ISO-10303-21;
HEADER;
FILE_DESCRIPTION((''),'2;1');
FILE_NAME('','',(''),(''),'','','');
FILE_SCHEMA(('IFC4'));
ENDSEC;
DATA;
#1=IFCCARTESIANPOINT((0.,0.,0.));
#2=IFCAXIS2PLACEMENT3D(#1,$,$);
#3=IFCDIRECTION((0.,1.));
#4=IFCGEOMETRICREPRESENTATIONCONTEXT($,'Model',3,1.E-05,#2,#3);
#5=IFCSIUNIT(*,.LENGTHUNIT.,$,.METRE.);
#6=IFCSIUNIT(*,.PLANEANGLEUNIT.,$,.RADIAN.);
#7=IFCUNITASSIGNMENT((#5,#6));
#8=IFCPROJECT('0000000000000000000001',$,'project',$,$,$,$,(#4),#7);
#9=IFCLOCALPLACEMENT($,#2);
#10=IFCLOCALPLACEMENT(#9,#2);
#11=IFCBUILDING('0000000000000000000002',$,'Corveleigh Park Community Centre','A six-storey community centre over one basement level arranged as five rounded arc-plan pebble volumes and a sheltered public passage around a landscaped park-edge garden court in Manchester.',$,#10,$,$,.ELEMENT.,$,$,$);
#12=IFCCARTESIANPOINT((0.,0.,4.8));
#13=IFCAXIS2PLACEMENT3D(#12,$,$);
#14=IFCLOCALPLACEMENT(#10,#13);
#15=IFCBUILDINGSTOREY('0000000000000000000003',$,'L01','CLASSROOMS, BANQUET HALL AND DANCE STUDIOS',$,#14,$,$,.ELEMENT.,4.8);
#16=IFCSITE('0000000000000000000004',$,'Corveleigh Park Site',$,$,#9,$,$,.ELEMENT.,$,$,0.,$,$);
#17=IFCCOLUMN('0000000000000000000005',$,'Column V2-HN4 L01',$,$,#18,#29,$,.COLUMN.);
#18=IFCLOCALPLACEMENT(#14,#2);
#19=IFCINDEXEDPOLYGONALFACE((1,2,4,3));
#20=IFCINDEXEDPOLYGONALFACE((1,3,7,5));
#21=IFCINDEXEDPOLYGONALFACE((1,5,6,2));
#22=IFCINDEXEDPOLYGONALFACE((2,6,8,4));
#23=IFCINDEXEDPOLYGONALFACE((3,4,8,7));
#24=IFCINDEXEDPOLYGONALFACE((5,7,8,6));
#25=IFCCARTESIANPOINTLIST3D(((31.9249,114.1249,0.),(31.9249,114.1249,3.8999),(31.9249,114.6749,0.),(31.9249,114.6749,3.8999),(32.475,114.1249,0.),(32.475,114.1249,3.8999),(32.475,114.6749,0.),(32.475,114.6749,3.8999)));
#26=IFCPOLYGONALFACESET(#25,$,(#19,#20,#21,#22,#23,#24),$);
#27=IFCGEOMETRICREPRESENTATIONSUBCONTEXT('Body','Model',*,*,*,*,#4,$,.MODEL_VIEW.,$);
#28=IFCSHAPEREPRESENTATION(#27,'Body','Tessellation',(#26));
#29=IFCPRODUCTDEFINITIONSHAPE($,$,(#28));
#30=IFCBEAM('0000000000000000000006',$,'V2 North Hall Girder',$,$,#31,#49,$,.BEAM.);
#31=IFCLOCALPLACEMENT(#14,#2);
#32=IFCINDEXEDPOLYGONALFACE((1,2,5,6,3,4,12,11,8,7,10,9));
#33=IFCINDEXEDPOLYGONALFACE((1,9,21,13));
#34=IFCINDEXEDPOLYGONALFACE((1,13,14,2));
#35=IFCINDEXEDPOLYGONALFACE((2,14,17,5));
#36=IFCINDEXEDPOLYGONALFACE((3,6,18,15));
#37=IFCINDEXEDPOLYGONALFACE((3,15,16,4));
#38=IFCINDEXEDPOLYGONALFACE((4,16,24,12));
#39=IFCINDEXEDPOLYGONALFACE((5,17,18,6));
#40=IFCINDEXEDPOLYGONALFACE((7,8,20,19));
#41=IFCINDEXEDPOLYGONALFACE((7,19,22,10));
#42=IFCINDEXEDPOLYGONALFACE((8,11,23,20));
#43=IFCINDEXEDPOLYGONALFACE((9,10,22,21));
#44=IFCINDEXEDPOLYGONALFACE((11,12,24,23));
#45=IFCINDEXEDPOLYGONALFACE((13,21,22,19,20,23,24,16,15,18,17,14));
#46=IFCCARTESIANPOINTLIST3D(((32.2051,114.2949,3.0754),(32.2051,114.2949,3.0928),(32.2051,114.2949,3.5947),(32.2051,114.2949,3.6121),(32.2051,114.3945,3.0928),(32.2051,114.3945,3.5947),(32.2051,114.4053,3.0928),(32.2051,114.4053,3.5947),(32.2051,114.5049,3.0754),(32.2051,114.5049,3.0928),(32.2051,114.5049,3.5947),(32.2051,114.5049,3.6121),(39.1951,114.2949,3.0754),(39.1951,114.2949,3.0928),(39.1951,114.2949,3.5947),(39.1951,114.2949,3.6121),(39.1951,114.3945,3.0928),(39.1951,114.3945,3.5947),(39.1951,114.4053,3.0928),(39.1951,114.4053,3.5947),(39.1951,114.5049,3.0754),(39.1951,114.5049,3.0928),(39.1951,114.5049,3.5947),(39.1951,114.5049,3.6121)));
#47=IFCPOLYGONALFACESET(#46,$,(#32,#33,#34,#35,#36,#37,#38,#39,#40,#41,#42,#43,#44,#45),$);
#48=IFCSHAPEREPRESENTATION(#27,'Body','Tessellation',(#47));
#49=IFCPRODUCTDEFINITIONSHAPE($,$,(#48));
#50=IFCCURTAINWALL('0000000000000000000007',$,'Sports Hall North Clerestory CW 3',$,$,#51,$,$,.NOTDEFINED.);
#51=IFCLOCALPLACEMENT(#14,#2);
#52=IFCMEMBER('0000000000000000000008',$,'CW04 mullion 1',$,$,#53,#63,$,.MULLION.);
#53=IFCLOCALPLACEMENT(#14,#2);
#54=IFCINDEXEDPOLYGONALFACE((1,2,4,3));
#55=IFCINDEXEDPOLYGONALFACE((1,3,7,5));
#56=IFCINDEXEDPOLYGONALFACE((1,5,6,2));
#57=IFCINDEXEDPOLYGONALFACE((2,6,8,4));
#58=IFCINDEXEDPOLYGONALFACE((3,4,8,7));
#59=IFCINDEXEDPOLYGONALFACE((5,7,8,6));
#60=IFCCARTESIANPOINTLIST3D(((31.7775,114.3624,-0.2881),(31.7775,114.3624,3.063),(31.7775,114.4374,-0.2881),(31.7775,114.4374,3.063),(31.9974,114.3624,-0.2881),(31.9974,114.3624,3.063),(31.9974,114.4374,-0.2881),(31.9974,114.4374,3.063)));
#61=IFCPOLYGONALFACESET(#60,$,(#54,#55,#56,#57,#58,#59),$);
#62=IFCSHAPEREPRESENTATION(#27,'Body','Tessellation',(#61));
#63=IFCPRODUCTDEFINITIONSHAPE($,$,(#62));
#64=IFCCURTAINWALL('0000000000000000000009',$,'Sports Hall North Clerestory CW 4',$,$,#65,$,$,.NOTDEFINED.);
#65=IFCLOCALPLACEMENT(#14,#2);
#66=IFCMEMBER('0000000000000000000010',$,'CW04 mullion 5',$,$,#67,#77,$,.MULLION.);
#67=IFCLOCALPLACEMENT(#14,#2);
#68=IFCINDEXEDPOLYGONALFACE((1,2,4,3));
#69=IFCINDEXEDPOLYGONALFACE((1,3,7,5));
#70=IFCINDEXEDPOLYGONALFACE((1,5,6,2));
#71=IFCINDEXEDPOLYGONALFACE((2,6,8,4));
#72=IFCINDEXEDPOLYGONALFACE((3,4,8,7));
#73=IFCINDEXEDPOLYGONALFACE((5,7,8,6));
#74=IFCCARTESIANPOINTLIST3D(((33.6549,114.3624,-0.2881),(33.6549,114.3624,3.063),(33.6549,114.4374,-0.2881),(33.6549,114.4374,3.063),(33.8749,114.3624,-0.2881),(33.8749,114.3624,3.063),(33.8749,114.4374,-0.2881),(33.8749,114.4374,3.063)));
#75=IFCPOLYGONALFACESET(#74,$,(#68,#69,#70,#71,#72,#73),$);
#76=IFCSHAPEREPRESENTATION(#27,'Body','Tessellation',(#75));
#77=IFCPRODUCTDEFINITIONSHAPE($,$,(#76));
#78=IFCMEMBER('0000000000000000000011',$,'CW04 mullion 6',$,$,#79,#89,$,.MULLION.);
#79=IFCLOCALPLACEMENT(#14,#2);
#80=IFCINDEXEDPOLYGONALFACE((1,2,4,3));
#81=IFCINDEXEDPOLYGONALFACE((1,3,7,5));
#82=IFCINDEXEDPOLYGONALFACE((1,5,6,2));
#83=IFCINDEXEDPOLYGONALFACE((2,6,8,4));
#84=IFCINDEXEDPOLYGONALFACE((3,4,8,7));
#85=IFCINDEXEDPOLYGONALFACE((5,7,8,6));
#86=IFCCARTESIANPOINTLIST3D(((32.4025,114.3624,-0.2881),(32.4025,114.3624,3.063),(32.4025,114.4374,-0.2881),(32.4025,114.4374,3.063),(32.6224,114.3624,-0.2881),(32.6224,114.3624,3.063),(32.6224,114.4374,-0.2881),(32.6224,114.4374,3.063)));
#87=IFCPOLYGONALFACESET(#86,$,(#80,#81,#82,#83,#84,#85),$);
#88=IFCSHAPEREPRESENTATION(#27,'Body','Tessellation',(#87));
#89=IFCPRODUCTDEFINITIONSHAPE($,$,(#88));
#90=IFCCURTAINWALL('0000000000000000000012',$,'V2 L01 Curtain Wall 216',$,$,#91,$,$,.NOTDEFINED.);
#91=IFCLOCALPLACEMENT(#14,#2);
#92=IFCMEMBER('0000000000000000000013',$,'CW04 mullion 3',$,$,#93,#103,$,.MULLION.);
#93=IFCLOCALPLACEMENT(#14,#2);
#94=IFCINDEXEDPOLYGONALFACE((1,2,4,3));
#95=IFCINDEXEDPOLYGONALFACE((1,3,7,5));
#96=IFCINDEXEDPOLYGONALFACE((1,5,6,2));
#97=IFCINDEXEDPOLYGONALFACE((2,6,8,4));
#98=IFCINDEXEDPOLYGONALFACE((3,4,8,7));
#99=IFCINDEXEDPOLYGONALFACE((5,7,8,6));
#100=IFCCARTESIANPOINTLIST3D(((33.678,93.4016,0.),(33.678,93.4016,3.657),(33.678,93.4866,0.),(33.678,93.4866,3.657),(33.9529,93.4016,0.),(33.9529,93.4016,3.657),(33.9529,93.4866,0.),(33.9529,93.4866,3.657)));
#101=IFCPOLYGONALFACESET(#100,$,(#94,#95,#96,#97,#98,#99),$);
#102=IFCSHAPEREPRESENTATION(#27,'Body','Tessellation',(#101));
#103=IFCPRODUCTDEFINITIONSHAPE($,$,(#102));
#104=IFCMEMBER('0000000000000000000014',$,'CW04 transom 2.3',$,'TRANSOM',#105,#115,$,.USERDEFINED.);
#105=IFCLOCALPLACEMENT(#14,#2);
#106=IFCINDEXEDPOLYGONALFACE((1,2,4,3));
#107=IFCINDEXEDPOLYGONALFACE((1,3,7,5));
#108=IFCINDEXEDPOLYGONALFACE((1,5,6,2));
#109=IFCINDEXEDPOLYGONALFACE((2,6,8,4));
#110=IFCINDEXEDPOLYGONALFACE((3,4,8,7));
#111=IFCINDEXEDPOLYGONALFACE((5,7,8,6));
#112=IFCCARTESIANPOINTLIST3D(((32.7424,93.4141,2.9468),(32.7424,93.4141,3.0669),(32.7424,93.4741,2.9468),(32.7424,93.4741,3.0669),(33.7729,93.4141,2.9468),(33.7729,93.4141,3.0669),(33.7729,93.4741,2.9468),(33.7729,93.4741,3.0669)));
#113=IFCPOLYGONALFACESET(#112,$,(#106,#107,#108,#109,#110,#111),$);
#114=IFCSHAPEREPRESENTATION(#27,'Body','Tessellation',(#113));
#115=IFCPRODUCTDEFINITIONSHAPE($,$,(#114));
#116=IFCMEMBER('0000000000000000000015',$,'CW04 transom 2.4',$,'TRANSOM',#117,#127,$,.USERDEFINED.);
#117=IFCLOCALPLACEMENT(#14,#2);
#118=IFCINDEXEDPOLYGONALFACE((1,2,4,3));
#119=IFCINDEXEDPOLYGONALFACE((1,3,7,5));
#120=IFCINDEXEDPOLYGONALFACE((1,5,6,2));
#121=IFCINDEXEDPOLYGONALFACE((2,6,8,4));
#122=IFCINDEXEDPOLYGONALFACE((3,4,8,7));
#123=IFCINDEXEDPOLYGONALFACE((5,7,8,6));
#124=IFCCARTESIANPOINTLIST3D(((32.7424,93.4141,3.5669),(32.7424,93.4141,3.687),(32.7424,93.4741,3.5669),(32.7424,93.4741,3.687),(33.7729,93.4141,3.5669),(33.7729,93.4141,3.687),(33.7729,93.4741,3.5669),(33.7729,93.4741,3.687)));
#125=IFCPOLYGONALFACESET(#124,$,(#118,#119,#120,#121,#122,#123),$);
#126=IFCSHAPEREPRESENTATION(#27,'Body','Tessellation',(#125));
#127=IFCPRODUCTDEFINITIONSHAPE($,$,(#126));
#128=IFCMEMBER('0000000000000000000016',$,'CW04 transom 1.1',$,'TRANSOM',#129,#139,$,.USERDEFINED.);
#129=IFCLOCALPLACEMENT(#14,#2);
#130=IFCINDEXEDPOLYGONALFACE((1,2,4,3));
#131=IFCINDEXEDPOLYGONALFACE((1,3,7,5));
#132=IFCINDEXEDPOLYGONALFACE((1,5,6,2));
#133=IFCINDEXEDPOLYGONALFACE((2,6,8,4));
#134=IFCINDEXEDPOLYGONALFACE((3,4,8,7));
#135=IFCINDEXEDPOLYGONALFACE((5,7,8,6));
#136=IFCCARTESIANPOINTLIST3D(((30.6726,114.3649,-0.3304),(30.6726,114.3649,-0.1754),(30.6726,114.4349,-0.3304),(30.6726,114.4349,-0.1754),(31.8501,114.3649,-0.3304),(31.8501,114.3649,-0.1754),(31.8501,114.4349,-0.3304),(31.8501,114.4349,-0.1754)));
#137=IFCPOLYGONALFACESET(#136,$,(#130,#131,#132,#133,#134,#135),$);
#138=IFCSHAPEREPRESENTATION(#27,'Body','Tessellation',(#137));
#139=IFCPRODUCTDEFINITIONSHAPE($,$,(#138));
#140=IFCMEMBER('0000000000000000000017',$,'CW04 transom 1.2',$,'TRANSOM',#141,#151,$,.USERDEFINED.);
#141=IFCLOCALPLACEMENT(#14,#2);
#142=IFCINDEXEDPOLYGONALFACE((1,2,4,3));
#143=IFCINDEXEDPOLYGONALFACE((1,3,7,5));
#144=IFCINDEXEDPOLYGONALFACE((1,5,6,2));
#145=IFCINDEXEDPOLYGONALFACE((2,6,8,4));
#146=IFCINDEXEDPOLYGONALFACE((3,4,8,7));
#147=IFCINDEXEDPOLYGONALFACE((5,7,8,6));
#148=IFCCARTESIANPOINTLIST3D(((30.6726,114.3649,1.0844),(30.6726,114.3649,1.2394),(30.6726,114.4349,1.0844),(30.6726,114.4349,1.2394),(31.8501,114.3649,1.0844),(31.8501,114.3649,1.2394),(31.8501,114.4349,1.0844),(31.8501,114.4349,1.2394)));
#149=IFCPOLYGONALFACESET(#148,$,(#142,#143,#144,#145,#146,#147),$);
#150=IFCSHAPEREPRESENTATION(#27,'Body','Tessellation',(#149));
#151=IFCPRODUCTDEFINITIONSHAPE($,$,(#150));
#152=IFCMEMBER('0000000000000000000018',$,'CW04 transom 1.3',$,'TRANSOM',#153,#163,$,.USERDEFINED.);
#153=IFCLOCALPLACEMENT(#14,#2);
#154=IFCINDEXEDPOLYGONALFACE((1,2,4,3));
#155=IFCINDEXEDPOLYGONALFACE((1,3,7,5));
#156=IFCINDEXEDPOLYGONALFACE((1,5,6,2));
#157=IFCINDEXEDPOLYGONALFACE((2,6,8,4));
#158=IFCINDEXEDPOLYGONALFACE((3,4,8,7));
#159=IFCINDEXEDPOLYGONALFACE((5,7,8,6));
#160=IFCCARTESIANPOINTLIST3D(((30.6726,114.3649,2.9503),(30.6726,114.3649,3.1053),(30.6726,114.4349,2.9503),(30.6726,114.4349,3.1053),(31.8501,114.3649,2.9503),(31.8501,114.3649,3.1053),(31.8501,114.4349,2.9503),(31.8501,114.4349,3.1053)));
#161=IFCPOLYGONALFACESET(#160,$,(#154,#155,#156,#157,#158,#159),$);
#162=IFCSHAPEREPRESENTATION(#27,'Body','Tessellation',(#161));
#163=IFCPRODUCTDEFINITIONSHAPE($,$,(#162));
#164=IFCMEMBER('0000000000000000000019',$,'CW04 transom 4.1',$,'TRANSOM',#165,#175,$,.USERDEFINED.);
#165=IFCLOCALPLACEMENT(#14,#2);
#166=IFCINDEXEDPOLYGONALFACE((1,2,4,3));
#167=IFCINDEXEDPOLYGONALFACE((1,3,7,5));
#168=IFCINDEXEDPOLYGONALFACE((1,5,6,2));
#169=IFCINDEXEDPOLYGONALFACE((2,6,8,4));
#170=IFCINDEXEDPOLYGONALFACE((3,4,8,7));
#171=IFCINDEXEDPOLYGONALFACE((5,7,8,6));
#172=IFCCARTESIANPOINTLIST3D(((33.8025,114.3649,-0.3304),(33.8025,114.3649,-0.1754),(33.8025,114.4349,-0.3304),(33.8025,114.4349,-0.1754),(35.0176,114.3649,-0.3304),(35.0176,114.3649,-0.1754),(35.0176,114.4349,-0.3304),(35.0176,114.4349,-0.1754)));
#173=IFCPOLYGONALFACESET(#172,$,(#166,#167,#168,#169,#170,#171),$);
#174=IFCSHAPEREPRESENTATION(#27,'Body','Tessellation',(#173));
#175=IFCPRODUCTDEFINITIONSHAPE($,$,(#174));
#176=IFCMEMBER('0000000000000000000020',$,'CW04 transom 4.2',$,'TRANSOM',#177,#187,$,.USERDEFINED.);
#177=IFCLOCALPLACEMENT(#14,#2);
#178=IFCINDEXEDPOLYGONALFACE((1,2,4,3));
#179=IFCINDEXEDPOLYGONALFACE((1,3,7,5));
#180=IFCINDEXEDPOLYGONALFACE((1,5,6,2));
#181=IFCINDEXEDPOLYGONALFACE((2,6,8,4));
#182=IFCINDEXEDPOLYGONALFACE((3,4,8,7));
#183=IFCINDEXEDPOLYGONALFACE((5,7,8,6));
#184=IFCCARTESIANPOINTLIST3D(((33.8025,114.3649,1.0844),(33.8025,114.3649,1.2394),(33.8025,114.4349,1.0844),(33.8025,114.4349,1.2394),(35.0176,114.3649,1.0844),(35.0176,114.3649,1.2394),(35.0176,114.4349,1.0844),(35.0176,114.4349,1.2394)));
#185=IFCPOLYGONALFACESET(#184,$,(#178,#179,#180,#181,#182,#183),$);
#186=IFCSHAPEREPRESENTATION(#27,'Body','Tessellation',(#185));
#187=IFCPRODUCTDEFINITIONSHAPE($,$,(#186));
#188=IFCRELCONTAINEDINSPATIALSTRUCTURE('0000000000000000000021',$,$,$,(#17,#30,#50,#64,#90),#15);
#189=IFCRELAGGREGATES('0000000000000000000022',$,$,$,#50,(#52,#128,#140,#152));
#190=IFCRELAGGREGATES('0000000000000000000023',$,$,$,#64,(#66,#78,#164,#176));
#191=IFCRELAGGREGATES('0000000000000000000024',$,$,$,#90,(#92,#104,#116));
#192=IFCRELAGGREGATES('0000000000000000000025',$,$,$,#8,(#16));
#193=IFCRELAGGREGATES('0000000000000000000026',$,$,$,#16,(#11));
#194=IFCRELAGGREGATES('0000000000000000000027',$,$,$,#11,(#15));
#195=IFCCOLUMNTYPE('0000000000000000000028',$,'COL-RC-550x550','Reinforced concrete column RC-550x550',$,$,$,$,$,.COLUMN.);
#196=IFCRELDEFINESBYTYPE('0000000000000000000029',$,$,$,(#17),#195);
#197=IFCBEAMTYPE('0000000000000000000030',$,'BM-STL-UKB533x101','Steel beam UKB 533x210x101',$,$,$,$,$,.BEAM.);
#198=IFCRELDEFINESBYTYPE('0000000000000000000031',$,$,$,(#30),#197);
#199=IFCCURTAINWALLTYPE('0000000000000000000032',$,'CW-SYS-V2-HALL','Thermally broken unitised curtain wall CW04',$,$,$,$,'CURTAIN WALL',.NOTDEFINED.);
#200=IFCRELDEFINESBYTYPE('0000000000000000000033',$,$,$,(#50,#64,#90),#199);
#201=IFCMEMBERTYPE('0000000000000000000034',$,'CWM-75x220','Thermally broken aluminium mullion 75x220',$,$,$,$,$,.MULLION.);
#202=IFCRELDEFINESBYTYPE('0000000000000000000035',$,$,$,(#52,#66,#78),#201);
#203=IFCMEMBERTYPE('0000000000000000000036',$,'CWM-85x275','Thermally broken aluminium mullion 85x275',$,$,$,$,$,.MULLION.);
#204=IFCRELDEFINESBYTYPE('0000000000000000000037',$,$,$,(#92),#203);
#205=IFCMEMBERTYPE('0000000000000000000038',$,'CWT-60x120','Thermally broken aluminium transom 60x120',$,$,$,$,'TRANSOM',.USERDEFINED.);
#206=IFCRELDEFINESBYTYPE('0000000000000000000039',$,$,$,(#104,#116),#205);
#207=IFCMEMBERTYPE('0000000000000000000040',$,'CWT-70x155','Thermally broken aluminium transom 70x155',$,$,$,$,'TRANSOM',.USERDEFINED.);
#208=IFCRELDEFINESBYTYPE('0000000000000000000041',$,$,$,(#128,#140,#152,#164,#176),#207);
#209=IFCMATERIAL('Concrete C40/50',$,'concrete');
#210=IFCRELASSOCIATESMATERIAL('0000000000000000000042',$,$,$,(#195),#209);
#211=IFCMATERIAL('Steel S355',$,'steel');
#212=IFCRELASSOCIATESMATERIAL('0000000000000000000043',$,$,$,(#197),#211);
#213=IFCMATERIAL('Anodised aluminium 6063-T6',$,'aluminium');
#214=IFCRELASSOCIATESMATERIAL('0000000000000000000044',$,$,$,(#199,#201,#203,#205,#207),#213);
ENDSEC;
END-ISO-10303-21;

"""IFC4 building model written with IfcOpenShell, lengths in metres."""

from ifc_helpers import new_model, si_unit, direction, frame, origin, origin_2d, place, context, subcontext, project, spatial, rectangle, i_section, extrude, material, material_profile, profile_set, type_object, element, aggregate, save


model = new_model("IFC4")

# Units and contexts
model_context = context("Model", 3, precision=1e-05, world=origin(), true_north=direction((0.0, 1.0)))
body_context = subcontext(model_context, "Body", "Model", "MODEL_VIEW")
ifc_project = project(units=[si_unit("LENGTHUNIT", "METRE"), si_unit("PLANEANGLEUNIT", "RADIAN")], contexts=[model_context])

# Site, building, storey
site_placement = place(None, origin())
site = spatial("IfcSite", under=ifc_project, at=site_placement, Name="Corveleigh Park Site", CompositionType="ELEMENT", RefElevation=0.0)
building_placement = place(site_placement, origin())
building = spatial("IfcBuilding", under=site, at=building_placement, Name="Corveleigh Park Community Centre", Description="A six-storey community centre over one basement level arranged as five rounded arc-plan pebble volumes and a sheltered public passage around a landscaped park-edge garden court in Manchester.", CompositionType="ELEMENT")
storey_placement = place(building_placement, frame((0.0, 0.0, 4.8)))
storey = spatial("IfcBuildingStorey", under=building, at=storey_placement, Name="L01", Description="CLASSROOMS, BANQUET HALL AND DANCE STUDIOS", CompositionType="ELEMENT", Elevation=4.8)

# Column
ifc_material_1 = material(Name="Concrete C40/50", Category="concrete")
ifc_material_profile_1 = material_profile(ifc_material_1, rectangle(XDim=0.55, YDim=0.55, at=origin_2d()), Name="RC-550x550", Category="concrete")
ifc_profile_set_1 = profile_set([ifc_material_profile_1], Name="Concrete C40/50")
column_type = type_object("IfcColumnType", Name="COL-RC-550x550", Description="Reinforced concrete column RC-550x550", PredefinedType="COLUMN", material=ifc_profile_set_1)
column_placement = place(storey_placement, frame((32.2, 114.3999, 0.0), z_axis=(0.0, 0.0, 1.0), x_axis=(1.0, 0.0, 0.0)))
element("IfcColumn", 1, at=column_placement, inside=storey, type_object=column_type, Name="Column V2-HN4 L01", PredefinedType="COLUMN", context=body_context, shape_type="SweptSolid", body=[
    extrude(rectangle(XDim=0.55, YDim=0.55, at=origin_2d()), origin(), (0.0, 0.0, 1.0), 3.8999),
])

# Beam
ifc_material_2 = material(Name="Steel S355", Category="steel")
ifc_material_profile_2 = material_profile(ifc_material_2, i_section(OverallWidth=0.21, OverallDepth=0.5366, WebThickness=0.0107, FlangeThickness=0.0173, at=origin_2d()), Name="UKB 533x210x101", Category="steel")
ifc_profile_set_2 = profile_set([ifc_material_profile_2], Name="Steel S355")
beam_type = type_object("IfcBeamType", Name="BM-STL-UKB533x101", Description="Steel beam UKB 533x210x101", PredefinedType="BEAM", material=ifc_profile_set_2)
beam_placement = place(storey_placement, frame((32.2051, 114.3999, 3.3438), z_axis=(1.0, 0.0, 0.0), x_axis=(0.0, 1.0, 0.0)))
element("IfcBeam", 2, at=beam_placement, inside=storey, type_object=beam_type, Name="V2 North Hall Girder", PredefinedType="BEAM", context=body_context, shape_type="SweptSolid", body=[
    extrude(i_section(OverallWidth=0.21, OverallDepth=0.5366, WebThickness=0.0107, FlangeThickness=0.0173, at=origin_2d()), origin(), (0.0, 0.0, 1.0), 6.99),
])

# Curtain wall, member
ifc_material_3 = material(Name="Anodised aluminium 6063-T6", Category="aluminium")
curtain_wall_type = type_object("IfcCurtainWallType", Name="CW-SYS-V2-HALL", Description="Thermally broken unitised curtain wall CW04", ElementType="CURTAIN WALL", PredefinedType="NOTDEFINED", material=ifc_material_3)
curtain_wall_1_placement = place(storey_placement, origin())
curtain_wall_1 = element("IfcCurtainWall", 3, at=curtain_wall_1_placement, inside=storey, type_object=curtain_wall_type, Name="Sports Hall North Clerestory CW 3", PredefinedType="NOTDEFINED")
ifc_material_profile_3 = material_profile(ifc_material_3, rectangle(XDim=0.075, YDim=0.22, at=origin_2d()), Name="ALU-M75x220", Category="aluminium")
ifc_profile_set_3 = profile_set([ifc_material_profile_3], Name="Anodised aluminium 6063-T6")
member_type_1 = type_object("IfcMemberType", Name="CWM-75x220", Description="Thermally broken aluminium mullion 75x220", PredefinedType="MULLION", material=ifc_profile_set_3)
member_1_placement = place(storey_placement, frame((31.8875, 114.3999, -0.2881), z_axis=(0.0, 0.0, 1.0), x_axis=(0.0, -1.0, 0.0)))
member_1 = element("IfcMember", 4, at=member_1_placement, type_object=member_type_1, Name="CW04 mullion 1", PredefinedType="MULLION", context=body_context, shape_type="SweptSolid", body=[
    extrude(rectangle(XDim=0.075, YDim=0.22, at=origin_2d()), origin(), (0.0, 0.0, 1.0), 3.3511),
])

# Curtain walls, members
curtain_wall_2_placement = place(storey_placement, origin())
curtain_wall_2 = element("IfcCurtainWall", 5, at=curtain_wall_2_placement, inside=storey, type_object=curtain_wall_type, Name="Sports Hall North Clerestory CW 4", PredefinedType="NOTDEFINED")
member_2_placement = place(storey_placement, frame((33.7649, 114.3999, -0.2881), z_axis=(0.0, 0.0, 1.0), x_axis=(0.0, -1.0, 0.0)))
member_2 = element("IfcMember", 6, at=member_2_placement, type_object=member_type_1, Name="CW04 mullion 5", PredefinedType="MULLION", context=body_context, shape_type="SweptSolid", body=[
    extrude(rectangle(XDim=0.075, YDim=0.22, at=origin_2d()), origin(), (0.0, 0.0, 1.0), 3.3511),
])
member_3_placement = place(storey_placement, frame((32.5125, 114.3999, -0.2881), z_axis=(0.0, 0.0, 1.0), x_axis=(0.0, -1.0, 0.0)))
member_3 = element("IfcMember", 7, at=member_3_placement, type_object=member_type_1, Name="CW04 mullion 6", PredefinedType="MULLION", context=body_context, shape_type="SweptSolid", body=[
    extrude(rectangle(XDim=0.075, YDim=0.22, at=origin_2d()), origin(), (0.0, 0.0, 1.0), 3.3511),
])
curtain_wall_3_placement = place(storey_placement, origin())
curtain_wall_3 = element("IfcCurtainWall", 8, at=curtain_wall_3_placement, inside=storey, type_object=curtain_wall_type, Name="V2 L01 Curtain Wall 216", PredefinedType="NOTDEFINED")
ifc_material_profile_4 = material_profile(ifc_material_3, rectangle(XDim=0.085, YDim=0.2749, at=origin_2d()), Name="ALU-M85x275", Category="aluminium")
ifc_profile_set_4 = profile_set([ifc_material_profile_4], Name="Anodised aluminium 6063-T6")
member_type_2 = type_object("IfcMemberType", Name="CWM-85x275", Description="Thermally broken aluminium mullion 85x275", PredefinedType="MULLION", material=ifc_profile_set_4)
member_4_placement = place(storey_placement, frame((33.8154, 93.4441, 0.0), z_axis=(0.0, 0.0, 1.0), x_axis=(0.0, 1.0, 0.0)))
member_4 = element("IfcMember", 9, at=member_4_placement, type_object=member_type_2, Name="CW04 mullion 3", PredefinedType="MULLION", context=body_context, shape_type="SweptSolid", body=[
    extrude(rectangle(XDim=0.085, YDim=0.2749, at=origin_2d()), origin(), (0.0, 0.0, 1.0), 3.657),
])
ifc_material_profile_5 = material_profile(ifc_material_3, rectangle(XDim=0.0601, YDim=0.1201, at=origin_2d()), Name="ALU-T60x120", Category="aluminium")
ifc_profile_set_5 = profile_set([ifc_material_profile_5], Name="Anodised aluminium 6063-T6")
member_type_3 = type_object("IfcMemberType", Name="CWT-60x120", Description="Thermally broken aluminium transom 60x120", ElementType="TRANSOM", PredefinedType="USERDEFINED", material=ifc_profile_set_5)
member_5_placement = place(storey_placement, frame((32.7424, 93.4441, 3.0068), z_axis=(1.0, 0.0, 0.0), x_axis=(0.0, 1.0, 0.0)))
member_5 = element("IfcMember", 10, at=member_5_placement, type_object=member_type_3, Name="CW04 transom 2.3", ObjectType="TRANSOM", PredefinedType="USERDEFINED", context=body_context, shape_type="SweptSolid", body=[
    extrude(rectangle(XDim=0.0601, YDim=0.1201, at=origin_2d()), origin(), (0.0, 0.0, 1.0), 1.0305),
])
member_6_placement = place(storey_placement, frame((32.7424, 93.4441, 3.627), z_axis=(1.0, 0.0, 0.0), x_axis=(0.0, 1.0, 0.0)))
member_6 = element("IfcMember", 11, at=member_6_placement, type_object=member_type_3, Name="CW04 transom 2.4", ObjectType="TRANSOM", PredefinedType="USERDEFINED", context=body_context, shape_type="SweptSolid", body=[
    extrude(rectangle(XDim=0.0601, YDim=0.1201, at=origin_2d()), origin(), (0.0, 0.0, 1.0), 1.0305),
])

# Members
ifc_material_profile_6 = material_profile(ifc_material_3, rectangle(XDim=0.0701, YDim=0.155, at=origin_2d()), Name="ALU-T70x155", Category="aluminium")
ifc_profile_set_6 = profile_set([ifc_material_profile_6], Name="Anodised aluminium 6063-T6")
member_type_4 = type_object("IfcMemberType", Name="CWT-70x155", Description="Thermally broken aluminium transom 70x155", ElementType="TRANSOM", PredefinedType="USERDEFINED", material=ifc_profile_set_6)
member_7_placement = place(storey_placement, frame((31.8501, 114.3999, -0.2529), z_axis=(-1.0, 0.0, 0.0), x_axis=(0.0, -1.0, 0.0)))
member_7 = element("IfcMember", 12, at=member_7_placement, type_object=member_type_4, Name="CW04 transom 1.1", ObjectType="TRANSOM", PredefinedType="USERDEFINED", context=body_context, shape_type="SweptSolid", body=[
    extrude(rectangle(XDim=0.0701, YDim=0.155, at=origin_2d()), origin(), (0.0, 0.0, 1.0), 1.1775),
])
member_8_placement = place(storey_placement, frame((31.8501, 114.3999, 1.1619), z_axis=(-1.0, 0.0, 0.0), x_axis=(0.0, -1.0, 0.0)))
member_8 = element("IfcMember", 13, at=member_8_placement, type_object=member_type_4, Name="CW04 transom 1.2", ObjectType="TRANSOM", PredefinedType="USERDEFINED", context=body_context, shape_type="SweptSolid", body=[
    extrude(rectangle(XDim=0.0701, YDim=0.155, at=origin_2d()), origin(), (0.0, 0.0, 1.0), 1.1775),
])
member_9_placement = place(storey_placement, frame((31.8501, 114.3999, 3.0278), z_axis=(-1.0, 0.0, 0.0), x_axis=(0.0, -1.0, 0.0)))
member_9 = element("IfcMember", 14, at=member_9_placement, type_object=member_type_4, Name="CW04 transom 1.3", ObjectType="TRANSOM", PredefinedType="USERDEFINED", context=body_context, shape_type="SweptSolid", body=[
    extrude(rectangle(XDim=0.0701, YDim=0.155, at=origin_2d()), origin(), (0.0, 0.0, 1.0), 1.1775),
])
aggregate(curtain_wall_1, [member_1, member_7, member_8, member_9])
member_10_placement = place(storey_placement, frame((35.0176, 114.3999, -0.2529), z_axis=(-1.0, 0.0, 0.0), x_axis=(0.0, -1.0, 0.0)))
member_10 = element("IfcMember", 15, at=member_10_placement, type_object=member_type_4, Name="CW04 transom 4.1", ObjectType="TRANSOM", PredefinedType="USERDEFINED", context=body_context, shape_type="SweptSolid", body=[
    extrude(rectangle(XDim=0.0701, YDim=0.155, at=origin_2d()), origin(), (0.0, 0.0, 1.0), 1.2151),
])
member_11_placement = place(storey_placement, frame((35.0176, 114.3999, 1.1619), z_axis=(-1.0, 0.0, 0.0), x_axis=(0.0, -1.0, 0.0)))
member_11 = element("IfcMember", 16, at=member_11_placement, type_object=member_type_4, Name="CW04 transom 4.2", ObjectType="TRANSOM", PredefinedType="USERDEFINED", context=body_context, shape_type="SweptSolid", body=[
    extrude(rectangle(XDim=0.0701, YDim=0.155, at=origin_2d()), origin(), (0.0, 0.0, 1.0), 1.2151),
])

aggregate(curtain_wall_2, [member_2, member_3, member_10, member_11])
aggregate(curtain_wall_3, [member_4, member_5, member_6])

save(model, "model.ifc")
